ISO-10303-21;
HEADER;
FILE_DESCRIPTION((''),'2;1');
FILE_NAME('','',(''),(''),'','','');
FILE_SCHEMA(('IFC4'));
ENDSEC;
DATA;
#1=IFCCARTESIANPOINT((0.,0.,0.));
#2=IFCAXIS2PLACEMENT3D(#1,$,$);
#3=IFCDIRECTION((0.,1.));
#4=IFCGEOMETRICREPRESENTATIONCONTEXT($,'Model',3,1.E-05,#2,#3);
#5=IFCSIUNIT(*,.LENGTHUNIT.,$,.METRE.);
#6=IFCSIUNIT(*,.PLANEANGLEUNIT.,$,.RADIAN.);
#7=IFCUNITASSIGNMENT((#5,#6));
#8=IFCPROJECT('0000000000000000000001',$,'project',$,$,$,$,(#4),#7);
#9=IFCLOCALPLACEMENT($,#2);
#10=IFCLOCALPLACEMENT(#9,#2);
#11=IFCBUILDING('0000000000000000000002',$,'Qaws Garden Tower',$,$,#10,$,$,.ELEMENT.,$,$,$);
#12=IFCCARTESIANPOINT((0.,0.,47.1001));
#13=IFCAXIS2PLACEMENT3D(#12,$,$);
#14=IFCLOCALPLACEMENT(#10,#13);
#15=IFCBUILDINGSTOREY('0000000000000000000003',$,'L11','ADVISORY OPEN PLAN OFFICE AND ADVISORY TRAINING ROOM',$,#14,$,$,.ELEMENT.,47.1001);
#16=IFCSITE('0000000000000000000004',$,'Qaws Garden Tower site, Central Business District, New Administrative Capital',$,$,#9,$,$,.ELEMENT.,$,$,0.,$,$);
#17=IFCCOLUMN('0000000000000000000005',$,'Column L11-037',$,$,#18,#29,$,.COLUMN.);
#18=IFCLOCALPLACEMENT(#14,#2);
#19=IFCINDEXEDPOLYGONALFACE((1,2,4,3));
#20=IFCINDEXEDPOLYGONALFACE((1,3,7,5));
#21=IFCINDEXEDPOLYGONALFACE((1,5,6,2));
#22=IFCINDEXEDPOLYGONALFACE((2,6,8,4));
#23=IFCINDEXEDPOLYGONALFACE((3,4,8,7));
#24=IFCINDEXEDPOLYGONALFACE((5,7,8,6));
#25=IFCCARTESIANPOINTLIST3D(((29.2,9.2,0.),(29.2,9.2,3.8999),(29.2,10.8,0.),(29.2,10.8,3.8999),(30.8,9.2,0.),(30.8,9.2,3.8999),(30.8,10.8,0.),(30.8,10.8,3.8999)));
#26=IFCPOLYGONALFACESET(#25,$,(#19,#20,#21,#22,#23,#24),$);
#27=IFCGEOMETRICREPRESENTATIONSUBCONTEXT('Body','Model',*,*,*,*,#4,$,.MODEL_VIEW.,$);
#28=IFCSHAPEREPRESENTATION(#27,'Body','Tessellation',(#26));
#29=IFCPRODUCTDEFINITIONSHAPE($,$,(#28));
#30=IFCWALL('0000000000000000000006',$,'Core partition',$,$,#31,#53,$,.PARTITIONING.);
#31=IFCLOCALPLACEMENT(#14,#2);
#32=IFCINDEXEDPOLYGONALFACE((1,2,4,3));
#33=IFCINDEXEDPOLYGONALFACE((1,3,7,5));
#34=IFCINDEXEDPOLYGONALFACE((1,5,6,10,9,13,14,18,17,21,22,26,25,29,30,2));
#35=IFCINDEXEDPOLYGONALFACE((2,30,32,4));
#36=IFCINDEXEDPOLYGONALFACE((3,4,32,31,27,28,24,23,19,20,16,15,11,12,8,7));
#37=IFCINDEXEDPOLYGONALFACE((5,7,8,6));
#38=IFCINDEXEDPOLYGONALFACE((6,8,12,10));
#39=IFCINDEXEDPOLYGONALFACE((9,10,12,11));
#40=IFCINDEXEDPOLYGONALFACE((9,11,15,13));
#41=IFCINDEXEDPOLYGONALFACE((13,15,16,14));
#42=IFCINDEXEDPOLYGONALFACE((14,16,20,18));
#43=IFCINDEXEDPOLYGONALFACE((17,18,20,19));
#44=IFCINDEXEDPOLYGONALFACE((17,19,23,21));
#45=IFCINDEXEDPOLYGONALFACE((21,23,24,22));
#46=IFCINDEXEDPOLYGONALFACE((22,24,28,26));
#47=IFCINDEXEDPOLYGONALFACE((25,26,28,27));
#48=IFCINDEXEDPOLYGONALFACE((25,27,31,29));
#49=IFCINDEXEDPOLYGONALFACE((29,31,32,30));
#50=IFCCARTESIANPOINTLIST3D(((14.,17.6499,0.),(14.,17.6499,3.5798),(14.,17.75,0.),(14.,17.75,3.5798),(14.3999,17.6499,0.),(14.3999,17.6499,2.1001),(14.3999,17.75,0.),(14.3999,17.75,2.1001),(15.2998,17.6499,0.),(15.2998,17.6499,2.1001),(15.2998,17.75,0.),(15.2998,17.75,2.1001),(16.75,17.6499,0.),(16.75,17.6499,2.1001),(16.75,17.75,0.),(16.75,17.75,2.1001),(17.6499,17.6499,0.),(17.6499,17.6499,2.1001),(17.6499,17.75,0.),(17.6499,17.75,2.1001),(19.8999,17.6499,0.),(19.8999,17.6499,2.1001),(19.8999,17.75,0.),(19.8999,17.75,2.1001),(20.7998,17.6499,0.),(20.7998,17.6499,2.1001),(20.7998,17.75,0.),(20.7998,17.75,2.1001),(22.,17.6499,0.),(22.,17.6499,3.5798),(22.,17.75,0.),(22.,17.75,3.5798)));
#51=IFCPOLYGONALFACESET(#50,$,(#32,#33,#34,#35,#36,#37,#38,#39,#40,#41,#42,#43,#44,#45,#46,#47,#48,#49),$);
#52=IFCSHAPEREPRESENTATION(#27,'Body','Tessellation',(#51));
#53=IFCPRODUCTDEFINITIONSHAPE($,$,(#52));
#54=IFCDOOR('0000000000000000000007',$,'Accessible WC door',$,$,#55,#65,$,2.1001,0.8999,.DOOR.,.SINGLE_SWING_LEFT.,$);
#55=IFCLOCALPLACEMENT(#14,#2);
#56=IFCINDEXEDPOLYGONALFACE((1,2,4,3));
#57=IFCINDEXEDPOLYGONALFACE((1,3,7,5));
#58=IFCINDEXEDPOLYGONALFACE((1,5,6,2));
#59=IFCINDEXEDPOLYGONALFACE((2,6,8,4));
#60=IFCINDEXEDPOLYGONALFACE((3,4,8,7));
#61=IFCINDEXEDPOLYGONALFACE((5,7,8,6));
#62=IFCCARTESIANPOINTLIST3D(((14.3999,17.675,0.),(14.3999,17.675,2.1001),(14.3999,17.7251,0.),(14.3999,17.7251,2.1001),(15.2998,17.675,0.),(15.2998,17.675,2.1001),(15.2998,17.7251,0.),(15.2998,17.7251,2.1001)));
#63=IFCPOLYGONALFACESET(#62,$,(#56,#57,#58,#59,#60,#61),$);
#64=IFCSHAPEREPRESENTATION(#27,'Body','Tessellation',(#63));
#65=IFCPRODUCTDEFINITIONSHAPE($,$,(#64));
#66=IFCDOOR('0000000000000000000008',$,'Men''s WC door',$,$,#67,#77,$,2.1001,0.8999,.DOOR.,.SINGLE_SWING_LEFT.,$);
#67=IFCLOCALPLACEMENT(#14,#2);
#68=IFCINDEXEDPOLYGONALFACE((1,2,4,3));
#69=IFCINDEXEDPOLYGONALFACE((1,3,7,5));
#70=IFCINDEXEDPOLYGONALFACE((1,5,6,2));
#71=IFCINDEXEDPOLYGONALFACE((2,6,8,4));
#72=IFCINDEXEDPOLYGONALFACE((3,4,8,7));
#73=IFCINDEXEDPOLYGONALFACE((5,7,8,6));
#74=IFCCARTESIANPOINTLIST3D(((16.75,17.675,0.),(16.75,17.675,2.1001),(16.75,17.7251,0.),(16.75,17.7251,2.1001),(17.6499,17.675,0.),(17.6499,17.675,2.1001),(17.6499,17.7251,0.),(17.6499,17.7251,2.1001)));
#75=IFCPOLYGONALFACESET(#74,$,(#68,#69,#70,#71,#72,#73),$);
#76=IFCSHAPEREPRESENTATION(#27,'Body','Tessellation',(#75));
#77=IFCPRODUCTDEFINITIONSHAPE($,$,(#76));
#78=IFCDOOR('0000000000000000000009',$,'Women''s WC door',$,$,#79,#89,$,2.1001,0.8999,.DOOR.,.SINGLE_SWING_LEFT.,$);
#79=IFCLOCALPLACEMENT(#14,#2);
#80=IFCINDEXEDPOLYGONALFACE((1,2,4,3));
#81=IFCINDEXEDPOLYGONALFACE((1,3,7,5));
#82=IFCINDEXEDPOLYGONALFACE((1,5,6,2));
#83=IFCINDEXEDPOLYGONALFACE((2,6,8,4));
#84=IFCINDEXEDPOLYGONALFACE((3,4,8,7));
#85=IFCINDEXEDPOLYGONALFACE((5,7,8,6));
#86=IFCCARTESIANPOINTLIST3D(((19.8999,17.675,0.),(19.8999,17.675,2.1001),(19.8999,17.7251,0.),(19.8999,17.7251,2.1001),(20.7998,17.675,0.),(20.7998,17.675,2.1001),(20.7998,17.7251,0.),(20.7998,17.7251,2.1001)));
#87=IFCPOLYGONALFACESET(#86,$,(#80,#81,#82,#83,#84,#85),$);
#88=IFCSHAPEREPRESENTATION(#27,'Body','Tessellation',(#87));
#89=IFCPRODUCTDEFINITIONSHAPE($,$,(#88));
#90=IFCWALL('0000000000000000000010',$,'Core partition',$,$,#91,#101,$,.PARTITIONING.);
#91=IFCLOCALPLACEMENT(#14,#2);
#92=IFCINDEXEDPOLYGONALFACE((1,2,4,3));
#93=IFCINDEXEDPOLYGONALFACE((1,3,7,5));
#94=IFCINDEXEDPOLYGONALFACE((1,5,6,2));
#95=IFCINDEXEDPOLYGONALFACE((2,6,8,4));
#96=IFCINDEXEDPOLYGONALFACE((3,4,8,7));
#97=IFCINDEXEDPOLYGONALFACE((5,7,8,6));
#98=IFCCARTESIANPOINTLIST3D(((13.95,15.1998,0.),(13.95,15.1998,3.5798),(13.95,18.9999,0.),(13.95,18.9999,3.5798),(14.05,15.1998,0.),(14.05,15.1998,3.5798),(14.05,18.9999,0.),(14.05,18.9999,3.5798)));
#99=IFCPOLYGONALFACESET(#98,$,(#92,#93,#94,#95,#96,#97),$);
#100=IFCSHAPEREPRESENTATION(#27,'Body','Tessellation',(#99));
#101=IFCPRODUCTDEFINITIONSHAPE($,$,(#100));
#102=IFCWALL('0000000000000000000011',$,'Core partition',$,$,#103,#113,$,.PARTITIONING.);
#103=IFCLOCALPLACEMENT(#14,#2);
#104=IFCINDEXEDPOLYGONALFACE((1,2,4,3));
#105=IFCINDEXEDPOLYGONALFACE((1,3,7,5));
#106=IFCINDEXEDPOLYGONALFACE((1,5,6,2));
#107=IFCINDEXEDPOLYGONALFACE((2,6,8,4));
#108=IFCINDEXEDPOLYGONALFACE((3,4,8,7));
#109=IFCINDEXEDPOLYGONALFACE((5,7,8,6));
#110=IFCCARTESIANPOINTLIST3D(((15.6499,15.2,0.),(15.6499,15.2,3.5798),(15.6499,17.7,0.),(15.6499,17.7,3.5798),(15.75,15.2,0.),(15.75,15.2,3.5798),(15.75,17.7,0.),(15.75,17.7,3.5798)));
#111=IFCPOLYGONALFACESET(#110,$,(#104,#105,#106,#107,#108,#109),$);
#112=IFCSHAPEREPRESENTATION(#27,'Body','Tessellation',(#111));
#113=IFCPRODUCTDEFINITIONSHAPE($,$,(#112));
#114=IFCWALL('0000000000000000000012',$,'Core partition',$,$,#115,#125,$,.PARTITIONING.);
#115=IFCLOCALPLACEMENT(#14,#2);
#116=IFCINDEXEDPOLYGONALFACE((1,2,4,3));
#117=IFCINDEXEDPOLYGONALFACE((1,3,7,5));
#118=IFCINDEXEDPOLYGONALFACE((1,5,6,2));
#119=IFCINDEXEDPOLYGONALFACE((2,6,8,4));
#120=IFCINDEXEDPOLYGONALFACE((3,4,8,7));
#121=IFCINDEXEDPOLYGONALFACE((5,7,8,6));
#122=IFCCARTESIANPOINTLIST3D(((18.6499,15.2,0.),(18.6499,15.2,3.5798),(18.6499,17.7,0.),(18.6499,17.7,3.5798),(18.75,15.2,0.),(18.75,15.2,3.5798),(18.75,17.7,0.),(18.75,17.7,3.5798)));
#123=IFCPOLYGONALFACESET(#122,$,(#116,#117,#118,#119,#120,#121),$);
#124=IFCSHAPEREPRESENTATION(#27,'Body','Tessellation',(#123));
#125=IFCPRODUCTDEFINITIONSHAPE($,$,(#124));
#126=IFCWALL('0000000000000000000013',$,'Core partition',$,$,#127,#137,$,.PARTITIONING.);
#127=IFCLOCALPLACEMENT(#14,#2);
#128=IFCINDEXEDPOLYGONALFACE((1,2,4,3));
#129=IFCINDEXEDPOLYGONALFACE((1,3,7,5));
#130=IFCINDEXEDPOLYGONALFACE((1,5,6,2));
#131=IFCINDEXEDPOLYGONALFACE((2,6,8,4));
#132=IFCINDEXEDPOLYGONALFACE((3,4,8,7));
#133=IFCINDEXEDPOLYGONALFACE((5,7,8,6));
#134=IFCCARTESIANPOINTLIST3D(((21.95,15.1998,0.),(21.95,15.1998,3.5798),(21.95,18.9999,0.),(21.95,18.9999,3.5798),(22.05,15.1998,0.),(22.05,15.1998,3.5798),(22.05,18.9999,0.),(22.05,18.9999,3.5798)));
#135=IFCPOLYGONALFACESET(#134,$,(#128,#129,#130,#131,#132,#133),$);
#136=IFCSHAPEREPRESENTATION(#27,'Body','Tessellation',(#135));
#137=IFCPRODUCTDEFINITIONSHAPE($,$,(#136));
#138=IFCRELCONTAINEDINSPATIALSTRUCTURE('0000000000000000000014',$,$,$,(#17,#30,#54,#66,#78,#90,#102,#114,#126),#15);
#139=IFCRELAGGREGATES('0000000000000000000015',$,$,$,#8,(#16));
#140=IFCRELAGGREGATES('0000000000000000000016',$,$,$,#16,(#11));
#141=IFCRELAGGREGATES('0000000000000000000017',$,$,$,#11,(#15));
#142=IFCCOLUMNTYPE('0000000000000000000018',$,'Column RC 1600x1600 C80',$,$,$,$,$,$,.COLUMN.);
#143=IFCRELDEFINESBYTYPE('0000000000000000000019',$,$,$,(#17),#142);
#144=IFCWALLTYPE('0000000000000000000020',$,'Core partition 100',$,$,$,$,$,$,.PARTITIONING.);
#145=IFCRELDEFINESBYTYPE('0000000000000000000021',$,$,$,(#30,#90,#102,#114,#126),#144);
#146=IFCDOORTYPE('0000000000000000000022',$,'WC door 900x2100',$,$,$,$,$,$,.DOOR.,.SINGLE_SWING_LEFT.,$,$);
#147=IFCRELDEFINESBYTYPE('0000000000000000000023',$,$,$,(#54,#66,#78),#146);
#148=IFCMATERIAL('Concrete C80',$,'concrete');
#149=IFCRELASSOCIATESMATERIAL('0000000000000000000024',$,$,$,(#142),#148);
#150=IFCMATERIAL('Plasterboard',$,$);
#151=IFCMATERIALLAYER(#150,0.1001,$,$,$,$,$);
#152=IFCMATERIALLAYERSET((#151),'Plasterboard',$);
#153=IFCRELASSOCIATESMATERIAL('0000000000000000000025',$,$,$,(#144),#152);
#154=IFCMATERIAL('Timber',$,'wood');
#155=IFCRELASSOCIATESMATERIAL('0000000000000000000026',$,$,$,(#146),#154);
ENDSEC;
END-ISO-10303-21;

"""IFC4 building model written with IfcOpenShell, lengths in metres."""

from ifc_helpers import new_model, si_unit, direction, frame, frame_2d, origin, origin_2d, place, context, subcontext, project, spatial, rectangle, extrude, material, layer, layer_set, material_profile, profile_set, type_object, element, fill, save


model = new_model("IFC4")

# Units and contexts
model_context = context("Model", 3, precision=1e-05, world=origin(), true_north=direction((0.0, 1.0)))
body_context = subcontext(model_context, "Body", "Model", "MODEL_VIEW")
ifc_project = project(units=[si_unit("LENGTHUNIT", "METRE"), si_unit("PLANEANGLEUNIT", "RADIAN")], contexts=[model_context])

# Site, building, storey
site_placement = place(None, origin())
site = spatial("IfcSite", under=ifc_project, at=site_placement, Name="Qaws Garden Tower site, Central Business District, New Administrative Capital", CompositionType="ELEMENT", RefElevation=0.0)
building_placement = place(site_placement, origin())
building = spatial("IfcBuilding", under=site, at=building_placement, Name="Qaws Garden Tower", CompositionType="ELEMENT")
storey_placement = place(building_placement, frame((0.0, 0.0, 47.1001)))
storey = spatial("IfcBuildingStorey", under=building, at=storey_placement, Name="L11", Description="ADVISORY OPEN PLAN OFFICE AND ADVISORY TRAINING ROOM", CompositionType="ELEMENT", Elevation=47.1001)

# Column
ifc_material_1 = material(Name="Concrete C80", Category="concrete")
ifc_material_profile = material_profile(ifc_material_1, rectangle(XDim=1.6001, YDim=1.6001, at=origin_2d()), Name="RC 1600x1600")
ifc_profile_set = profile_set([ifc_material_profile], Name="Concrete C80")
column_type = type_object("IfcColumnType", Name="Column RC 1600x1600 C80", PredefinedType="COLUMN", material=ifc_profile_set)
column_placement = place(storey_placement, frame((30.0, 10.0, 0.0), z_axis=(0.0, 0.0, 1.0), x_axis=(1.0, 0.0, 0.0)))
element("IfcColumn", 1, at=column_placement, inside=storey, type_object=column_type, Name="Column L11-037", PredefinedType="COLUMN", context=body_context, shape_type="SweptSolid", body=[
    extrude(rectangle(XDim=1.6001, YDim=1.6001, at=origin_2d()), origin(), (0.0, 0.0, 1.0), 3.8999),
])

# Wall, openings, doors
ifc_material_2 = material(Name="Plasterboard")
ifc_layer_1 = layer(ifc_material_2, 0.1001)
ifc_layer_set_1 = layer_set([ifc_layer_1], Name="Plasterboard")
wall_type_1 = type_object("IfcWallType", Name="Core partition 100", PredefinedType="PARTITIONING", material=ifc_layer_set_1)
wall_1_placement = place(storey_placement, frame((14.0, 17.7, 0.0), z_axis=(0.0, 0.0, 1.0), x_axis=(1.0, 0.0, 0.0)))
wall_1 = element("IfcWall", 2, at=wall_1_placement, inside=storey, type_object=wall_type_1, Name="Core partition", PredefinedType="PARTITIONING", context=body_context, shape_type="SweptSolid", body=[
    extrude(rectangle(XDim=8.0, YDim=0.1001, at=frame_2d((4.0, 0.0))), origin(), (0.0, 0.0, 1.0), 3.5798),
])
opening_1_placement = place(wall_1_placement, frame((0.3999, 0.0, 0.0)))
opening_1 = element("IfcOpeningElement", 3, at=opening_1_placement, cuts=wall_1, PredefinedType="OPENING", context=body_context, shape_type="SweptSolid", body=[
    extrude(rectangle(XDim=0.8999, YDim=2.1001, at=frame_2d((0.45, 1.05))), frame((0.0, 0.0601, 0.0), z_axis=(0.0, -1.0, 0.0), x_axis=(1.0, 0.0, 0.0)), (0.0, 0.0, 1.0), 0.1201),
])
opening_2_placement = place(wall_1_placement, frame((2.75, 0.0, 0.0)))
opening_2 = element("IfcOpeningElement", 4, at=opening_2_placement, cuts=wall_1, PredefinedType="OPENING", context=body_context, shape_type="SweptSolid", body=[
    extrude(rectangle(XDim=0.8999, YDim=2.1001, at=frame_2d((0.45, 1.05))), frame((0.0, 0.0601, 0.0), z_axis=(0.0, -1.0, 0.0), x_axis=(1.0, 0.0, 0.0)), (0.0, 0.0, 1.0), 0.1201),
])
opening_3_placement = place(wall_1_placement, frame((5.8999, 0.0, 0.0)))
opening_3 = element("IfcOpeningElement", 5, at=opening_3_placement, cuts=wall_1, PredefinedType="OPENING", context=body_context, shape_type="SweptSolid", body=[
    extrude(rectangle(XDim=0.8999, YDim=2.1001, at=frame_2d((0.45, 1.05))), frame((0.0, 0.0601, 0.0), z_axis=(0.0, -1.0, 0.0), x_axis=(1.0, 0.0, 0.0)), (0.0, 0.0, 1.0), 0.1201),
])
ifc_material_3 = material(Name="Timber", Category="wood")
door_type_1 = type_object("IfcDoorType", Name="WC door 900x2100", OperationType="SINGLE_SWING_LEFT", PredefinedType="DOOR", material=ifc_material_3)
door_1_placement = place(opening_1_placement, frame((0.8999, 0.0, 0.0), z_axis=(0.0, 0.0, 1.0), x_axis=(-1.0, 0.0, 0.0)))
door_1 = element("IfcDoor", 6, at=door_1_placement, inside=storey, type_object=door_type_1, Name="Accessible WC door", OperationType="SINGLE_SWING_LEFT", OverallHeight=2.1001, OverallWidth=0.8999, PredefinedType="DOOR", context=body_context, shape_type="SweptSolid", body=[
    extrude(rectangle(XDim=0.8999, YDim=2.1001, at=frame_2d((0.45, 1.05))), frame((0.0, 0.0249, 0.0), z_axis=(0.0, -1.0, 0.0), x_axis=(1.0, 0.0, 0.0)), (0.0, 0.0, 1.0), 0.05),
])
fill(opening_1, door_1)
door_2_placement = place(opening_2_placement, frame((0.8999, 0.0, 0.0), z_axis=(0.0, 0.0, 1.0), x_axis=(-1.0, 0.0, 0.0)))
door_2 = element("IfcDoor", 7, at=door_2_placement, inside=storey, type_object=door_type_1, Name="Men's WC door", OperationType="SINGLE_SWING_LEFT", OverallHeight=2.1001, OverallWidth=0.8999, PredefinedType="DOOR", context=body_context, shape_type="SweptSolid", body=[
    extrude(rectangle(XDim=0.8999, YDim=2.1001, at=frame_2d((0.45, 1.05))), frame((0.0, 0.0249, 0.0), z_axis=(0.0, -1.0, 0.0), x_axis=(1.0, 0.0, 0.0)), (0.0, 0.0, 1.0), 0.05),
])
fill(opening_2, door_2)
door_3_placement = place(opening_3_placement, frame((0.8999, 0.0, 0.0), z_axis=(0.0, 0.0, 1.0), x_axis=(-1.0, 0.0, 0.0)))
door_3 = element("IfcDoor", 8, at=door_3_placement, inside=storey, type_object=door_type_1, Name="Women's WC door", OperationType="SINGLE_SWING_LEFT", OverallHeight=2.1001, OverallWidth=0.8999, PredefinedType="DOOR", context=body_context, shape_type="SweptSolid", body=[
    extrude(rectangle(XDim=0.8999, YDim=2.1001, at=frame_2d((0.45, 1.05))), frame((0.0, 0.0249, 0.0), z_axis=(0.0, -1.0, 0.0), x_axis=(1.0, 0.0, 0.0)), (0.0, 0.0, 1.0), 0.05),
])
fill(opening_3, door_3)

# Walls
wall_2_placement = place(storey_placement, frame((14.0, 15.2, 0.0), z_axis=(0.0, 0.0, 1.0), x_axis=(0.0, 1.0, 0.0)))
element("IfcWall", 9, at=wall_2_placement, inside=storey, type_object=wall_type_1, Name="Core partition", PredefinedType="PARTITIONING", context=body_context, shape_type="SweptSolid", body=[
    extrude(rectangle(XDim=3.8, YDim=0.1001, at=frame_2d((1.8999, 0.0))), origin(), (0.0, 0.0, 1.0), 3.5798),
])
for number, where, z_axis, x_axis, name in (
    (10, (15.7, 15.2, 0.0), (0.0, 0.0, 1.0), (0.0, 1.0, 0.0), "Core partition"),
    (11, (18.7, 15.2, 0.0), (0.0, 0.0, 1.0), (0.0, 1.0, 0.0), "Core partition"),
):
    element("IfcWall", number, at=place(storey_placement, frame(where, z_axis=z_axis, x_axis=x_axis)), inside=storey, type_object=wall_type_1, Name=name, PredefinedType="PARTITIONING", context=body_context, shape_type="SweptSolid", body=[
        extrude(rectangle(XDim=2.5, YDim=0.1001, at=frame_2d((1.25, 0.0))), origin(), (0.0, 0.0, 1.0), 3.5798),
    ])
wall_3_placement = place(storey_placement, frame((22.0, 15.2, 0.0), z_axis=(0.0, 0.0, 1.0), x_axis=(0.0, 1.0, 0.0)))
element("IfcWall", 12, at=wall_3_placement, inside=storey, type_object=wall_type_1, Name="Core partition", PredefinedType="PARTITIONING", context=body_context, shape_type="SweptSolid", body=[
    extrude(rectangle(XDim=3.8, YDim=0.1001, at=frame_2d((1.8999, 0.0))), origin(), (0.0, 0.0, 1.0), 3.5798),
])

save(model, "model.ifc")
